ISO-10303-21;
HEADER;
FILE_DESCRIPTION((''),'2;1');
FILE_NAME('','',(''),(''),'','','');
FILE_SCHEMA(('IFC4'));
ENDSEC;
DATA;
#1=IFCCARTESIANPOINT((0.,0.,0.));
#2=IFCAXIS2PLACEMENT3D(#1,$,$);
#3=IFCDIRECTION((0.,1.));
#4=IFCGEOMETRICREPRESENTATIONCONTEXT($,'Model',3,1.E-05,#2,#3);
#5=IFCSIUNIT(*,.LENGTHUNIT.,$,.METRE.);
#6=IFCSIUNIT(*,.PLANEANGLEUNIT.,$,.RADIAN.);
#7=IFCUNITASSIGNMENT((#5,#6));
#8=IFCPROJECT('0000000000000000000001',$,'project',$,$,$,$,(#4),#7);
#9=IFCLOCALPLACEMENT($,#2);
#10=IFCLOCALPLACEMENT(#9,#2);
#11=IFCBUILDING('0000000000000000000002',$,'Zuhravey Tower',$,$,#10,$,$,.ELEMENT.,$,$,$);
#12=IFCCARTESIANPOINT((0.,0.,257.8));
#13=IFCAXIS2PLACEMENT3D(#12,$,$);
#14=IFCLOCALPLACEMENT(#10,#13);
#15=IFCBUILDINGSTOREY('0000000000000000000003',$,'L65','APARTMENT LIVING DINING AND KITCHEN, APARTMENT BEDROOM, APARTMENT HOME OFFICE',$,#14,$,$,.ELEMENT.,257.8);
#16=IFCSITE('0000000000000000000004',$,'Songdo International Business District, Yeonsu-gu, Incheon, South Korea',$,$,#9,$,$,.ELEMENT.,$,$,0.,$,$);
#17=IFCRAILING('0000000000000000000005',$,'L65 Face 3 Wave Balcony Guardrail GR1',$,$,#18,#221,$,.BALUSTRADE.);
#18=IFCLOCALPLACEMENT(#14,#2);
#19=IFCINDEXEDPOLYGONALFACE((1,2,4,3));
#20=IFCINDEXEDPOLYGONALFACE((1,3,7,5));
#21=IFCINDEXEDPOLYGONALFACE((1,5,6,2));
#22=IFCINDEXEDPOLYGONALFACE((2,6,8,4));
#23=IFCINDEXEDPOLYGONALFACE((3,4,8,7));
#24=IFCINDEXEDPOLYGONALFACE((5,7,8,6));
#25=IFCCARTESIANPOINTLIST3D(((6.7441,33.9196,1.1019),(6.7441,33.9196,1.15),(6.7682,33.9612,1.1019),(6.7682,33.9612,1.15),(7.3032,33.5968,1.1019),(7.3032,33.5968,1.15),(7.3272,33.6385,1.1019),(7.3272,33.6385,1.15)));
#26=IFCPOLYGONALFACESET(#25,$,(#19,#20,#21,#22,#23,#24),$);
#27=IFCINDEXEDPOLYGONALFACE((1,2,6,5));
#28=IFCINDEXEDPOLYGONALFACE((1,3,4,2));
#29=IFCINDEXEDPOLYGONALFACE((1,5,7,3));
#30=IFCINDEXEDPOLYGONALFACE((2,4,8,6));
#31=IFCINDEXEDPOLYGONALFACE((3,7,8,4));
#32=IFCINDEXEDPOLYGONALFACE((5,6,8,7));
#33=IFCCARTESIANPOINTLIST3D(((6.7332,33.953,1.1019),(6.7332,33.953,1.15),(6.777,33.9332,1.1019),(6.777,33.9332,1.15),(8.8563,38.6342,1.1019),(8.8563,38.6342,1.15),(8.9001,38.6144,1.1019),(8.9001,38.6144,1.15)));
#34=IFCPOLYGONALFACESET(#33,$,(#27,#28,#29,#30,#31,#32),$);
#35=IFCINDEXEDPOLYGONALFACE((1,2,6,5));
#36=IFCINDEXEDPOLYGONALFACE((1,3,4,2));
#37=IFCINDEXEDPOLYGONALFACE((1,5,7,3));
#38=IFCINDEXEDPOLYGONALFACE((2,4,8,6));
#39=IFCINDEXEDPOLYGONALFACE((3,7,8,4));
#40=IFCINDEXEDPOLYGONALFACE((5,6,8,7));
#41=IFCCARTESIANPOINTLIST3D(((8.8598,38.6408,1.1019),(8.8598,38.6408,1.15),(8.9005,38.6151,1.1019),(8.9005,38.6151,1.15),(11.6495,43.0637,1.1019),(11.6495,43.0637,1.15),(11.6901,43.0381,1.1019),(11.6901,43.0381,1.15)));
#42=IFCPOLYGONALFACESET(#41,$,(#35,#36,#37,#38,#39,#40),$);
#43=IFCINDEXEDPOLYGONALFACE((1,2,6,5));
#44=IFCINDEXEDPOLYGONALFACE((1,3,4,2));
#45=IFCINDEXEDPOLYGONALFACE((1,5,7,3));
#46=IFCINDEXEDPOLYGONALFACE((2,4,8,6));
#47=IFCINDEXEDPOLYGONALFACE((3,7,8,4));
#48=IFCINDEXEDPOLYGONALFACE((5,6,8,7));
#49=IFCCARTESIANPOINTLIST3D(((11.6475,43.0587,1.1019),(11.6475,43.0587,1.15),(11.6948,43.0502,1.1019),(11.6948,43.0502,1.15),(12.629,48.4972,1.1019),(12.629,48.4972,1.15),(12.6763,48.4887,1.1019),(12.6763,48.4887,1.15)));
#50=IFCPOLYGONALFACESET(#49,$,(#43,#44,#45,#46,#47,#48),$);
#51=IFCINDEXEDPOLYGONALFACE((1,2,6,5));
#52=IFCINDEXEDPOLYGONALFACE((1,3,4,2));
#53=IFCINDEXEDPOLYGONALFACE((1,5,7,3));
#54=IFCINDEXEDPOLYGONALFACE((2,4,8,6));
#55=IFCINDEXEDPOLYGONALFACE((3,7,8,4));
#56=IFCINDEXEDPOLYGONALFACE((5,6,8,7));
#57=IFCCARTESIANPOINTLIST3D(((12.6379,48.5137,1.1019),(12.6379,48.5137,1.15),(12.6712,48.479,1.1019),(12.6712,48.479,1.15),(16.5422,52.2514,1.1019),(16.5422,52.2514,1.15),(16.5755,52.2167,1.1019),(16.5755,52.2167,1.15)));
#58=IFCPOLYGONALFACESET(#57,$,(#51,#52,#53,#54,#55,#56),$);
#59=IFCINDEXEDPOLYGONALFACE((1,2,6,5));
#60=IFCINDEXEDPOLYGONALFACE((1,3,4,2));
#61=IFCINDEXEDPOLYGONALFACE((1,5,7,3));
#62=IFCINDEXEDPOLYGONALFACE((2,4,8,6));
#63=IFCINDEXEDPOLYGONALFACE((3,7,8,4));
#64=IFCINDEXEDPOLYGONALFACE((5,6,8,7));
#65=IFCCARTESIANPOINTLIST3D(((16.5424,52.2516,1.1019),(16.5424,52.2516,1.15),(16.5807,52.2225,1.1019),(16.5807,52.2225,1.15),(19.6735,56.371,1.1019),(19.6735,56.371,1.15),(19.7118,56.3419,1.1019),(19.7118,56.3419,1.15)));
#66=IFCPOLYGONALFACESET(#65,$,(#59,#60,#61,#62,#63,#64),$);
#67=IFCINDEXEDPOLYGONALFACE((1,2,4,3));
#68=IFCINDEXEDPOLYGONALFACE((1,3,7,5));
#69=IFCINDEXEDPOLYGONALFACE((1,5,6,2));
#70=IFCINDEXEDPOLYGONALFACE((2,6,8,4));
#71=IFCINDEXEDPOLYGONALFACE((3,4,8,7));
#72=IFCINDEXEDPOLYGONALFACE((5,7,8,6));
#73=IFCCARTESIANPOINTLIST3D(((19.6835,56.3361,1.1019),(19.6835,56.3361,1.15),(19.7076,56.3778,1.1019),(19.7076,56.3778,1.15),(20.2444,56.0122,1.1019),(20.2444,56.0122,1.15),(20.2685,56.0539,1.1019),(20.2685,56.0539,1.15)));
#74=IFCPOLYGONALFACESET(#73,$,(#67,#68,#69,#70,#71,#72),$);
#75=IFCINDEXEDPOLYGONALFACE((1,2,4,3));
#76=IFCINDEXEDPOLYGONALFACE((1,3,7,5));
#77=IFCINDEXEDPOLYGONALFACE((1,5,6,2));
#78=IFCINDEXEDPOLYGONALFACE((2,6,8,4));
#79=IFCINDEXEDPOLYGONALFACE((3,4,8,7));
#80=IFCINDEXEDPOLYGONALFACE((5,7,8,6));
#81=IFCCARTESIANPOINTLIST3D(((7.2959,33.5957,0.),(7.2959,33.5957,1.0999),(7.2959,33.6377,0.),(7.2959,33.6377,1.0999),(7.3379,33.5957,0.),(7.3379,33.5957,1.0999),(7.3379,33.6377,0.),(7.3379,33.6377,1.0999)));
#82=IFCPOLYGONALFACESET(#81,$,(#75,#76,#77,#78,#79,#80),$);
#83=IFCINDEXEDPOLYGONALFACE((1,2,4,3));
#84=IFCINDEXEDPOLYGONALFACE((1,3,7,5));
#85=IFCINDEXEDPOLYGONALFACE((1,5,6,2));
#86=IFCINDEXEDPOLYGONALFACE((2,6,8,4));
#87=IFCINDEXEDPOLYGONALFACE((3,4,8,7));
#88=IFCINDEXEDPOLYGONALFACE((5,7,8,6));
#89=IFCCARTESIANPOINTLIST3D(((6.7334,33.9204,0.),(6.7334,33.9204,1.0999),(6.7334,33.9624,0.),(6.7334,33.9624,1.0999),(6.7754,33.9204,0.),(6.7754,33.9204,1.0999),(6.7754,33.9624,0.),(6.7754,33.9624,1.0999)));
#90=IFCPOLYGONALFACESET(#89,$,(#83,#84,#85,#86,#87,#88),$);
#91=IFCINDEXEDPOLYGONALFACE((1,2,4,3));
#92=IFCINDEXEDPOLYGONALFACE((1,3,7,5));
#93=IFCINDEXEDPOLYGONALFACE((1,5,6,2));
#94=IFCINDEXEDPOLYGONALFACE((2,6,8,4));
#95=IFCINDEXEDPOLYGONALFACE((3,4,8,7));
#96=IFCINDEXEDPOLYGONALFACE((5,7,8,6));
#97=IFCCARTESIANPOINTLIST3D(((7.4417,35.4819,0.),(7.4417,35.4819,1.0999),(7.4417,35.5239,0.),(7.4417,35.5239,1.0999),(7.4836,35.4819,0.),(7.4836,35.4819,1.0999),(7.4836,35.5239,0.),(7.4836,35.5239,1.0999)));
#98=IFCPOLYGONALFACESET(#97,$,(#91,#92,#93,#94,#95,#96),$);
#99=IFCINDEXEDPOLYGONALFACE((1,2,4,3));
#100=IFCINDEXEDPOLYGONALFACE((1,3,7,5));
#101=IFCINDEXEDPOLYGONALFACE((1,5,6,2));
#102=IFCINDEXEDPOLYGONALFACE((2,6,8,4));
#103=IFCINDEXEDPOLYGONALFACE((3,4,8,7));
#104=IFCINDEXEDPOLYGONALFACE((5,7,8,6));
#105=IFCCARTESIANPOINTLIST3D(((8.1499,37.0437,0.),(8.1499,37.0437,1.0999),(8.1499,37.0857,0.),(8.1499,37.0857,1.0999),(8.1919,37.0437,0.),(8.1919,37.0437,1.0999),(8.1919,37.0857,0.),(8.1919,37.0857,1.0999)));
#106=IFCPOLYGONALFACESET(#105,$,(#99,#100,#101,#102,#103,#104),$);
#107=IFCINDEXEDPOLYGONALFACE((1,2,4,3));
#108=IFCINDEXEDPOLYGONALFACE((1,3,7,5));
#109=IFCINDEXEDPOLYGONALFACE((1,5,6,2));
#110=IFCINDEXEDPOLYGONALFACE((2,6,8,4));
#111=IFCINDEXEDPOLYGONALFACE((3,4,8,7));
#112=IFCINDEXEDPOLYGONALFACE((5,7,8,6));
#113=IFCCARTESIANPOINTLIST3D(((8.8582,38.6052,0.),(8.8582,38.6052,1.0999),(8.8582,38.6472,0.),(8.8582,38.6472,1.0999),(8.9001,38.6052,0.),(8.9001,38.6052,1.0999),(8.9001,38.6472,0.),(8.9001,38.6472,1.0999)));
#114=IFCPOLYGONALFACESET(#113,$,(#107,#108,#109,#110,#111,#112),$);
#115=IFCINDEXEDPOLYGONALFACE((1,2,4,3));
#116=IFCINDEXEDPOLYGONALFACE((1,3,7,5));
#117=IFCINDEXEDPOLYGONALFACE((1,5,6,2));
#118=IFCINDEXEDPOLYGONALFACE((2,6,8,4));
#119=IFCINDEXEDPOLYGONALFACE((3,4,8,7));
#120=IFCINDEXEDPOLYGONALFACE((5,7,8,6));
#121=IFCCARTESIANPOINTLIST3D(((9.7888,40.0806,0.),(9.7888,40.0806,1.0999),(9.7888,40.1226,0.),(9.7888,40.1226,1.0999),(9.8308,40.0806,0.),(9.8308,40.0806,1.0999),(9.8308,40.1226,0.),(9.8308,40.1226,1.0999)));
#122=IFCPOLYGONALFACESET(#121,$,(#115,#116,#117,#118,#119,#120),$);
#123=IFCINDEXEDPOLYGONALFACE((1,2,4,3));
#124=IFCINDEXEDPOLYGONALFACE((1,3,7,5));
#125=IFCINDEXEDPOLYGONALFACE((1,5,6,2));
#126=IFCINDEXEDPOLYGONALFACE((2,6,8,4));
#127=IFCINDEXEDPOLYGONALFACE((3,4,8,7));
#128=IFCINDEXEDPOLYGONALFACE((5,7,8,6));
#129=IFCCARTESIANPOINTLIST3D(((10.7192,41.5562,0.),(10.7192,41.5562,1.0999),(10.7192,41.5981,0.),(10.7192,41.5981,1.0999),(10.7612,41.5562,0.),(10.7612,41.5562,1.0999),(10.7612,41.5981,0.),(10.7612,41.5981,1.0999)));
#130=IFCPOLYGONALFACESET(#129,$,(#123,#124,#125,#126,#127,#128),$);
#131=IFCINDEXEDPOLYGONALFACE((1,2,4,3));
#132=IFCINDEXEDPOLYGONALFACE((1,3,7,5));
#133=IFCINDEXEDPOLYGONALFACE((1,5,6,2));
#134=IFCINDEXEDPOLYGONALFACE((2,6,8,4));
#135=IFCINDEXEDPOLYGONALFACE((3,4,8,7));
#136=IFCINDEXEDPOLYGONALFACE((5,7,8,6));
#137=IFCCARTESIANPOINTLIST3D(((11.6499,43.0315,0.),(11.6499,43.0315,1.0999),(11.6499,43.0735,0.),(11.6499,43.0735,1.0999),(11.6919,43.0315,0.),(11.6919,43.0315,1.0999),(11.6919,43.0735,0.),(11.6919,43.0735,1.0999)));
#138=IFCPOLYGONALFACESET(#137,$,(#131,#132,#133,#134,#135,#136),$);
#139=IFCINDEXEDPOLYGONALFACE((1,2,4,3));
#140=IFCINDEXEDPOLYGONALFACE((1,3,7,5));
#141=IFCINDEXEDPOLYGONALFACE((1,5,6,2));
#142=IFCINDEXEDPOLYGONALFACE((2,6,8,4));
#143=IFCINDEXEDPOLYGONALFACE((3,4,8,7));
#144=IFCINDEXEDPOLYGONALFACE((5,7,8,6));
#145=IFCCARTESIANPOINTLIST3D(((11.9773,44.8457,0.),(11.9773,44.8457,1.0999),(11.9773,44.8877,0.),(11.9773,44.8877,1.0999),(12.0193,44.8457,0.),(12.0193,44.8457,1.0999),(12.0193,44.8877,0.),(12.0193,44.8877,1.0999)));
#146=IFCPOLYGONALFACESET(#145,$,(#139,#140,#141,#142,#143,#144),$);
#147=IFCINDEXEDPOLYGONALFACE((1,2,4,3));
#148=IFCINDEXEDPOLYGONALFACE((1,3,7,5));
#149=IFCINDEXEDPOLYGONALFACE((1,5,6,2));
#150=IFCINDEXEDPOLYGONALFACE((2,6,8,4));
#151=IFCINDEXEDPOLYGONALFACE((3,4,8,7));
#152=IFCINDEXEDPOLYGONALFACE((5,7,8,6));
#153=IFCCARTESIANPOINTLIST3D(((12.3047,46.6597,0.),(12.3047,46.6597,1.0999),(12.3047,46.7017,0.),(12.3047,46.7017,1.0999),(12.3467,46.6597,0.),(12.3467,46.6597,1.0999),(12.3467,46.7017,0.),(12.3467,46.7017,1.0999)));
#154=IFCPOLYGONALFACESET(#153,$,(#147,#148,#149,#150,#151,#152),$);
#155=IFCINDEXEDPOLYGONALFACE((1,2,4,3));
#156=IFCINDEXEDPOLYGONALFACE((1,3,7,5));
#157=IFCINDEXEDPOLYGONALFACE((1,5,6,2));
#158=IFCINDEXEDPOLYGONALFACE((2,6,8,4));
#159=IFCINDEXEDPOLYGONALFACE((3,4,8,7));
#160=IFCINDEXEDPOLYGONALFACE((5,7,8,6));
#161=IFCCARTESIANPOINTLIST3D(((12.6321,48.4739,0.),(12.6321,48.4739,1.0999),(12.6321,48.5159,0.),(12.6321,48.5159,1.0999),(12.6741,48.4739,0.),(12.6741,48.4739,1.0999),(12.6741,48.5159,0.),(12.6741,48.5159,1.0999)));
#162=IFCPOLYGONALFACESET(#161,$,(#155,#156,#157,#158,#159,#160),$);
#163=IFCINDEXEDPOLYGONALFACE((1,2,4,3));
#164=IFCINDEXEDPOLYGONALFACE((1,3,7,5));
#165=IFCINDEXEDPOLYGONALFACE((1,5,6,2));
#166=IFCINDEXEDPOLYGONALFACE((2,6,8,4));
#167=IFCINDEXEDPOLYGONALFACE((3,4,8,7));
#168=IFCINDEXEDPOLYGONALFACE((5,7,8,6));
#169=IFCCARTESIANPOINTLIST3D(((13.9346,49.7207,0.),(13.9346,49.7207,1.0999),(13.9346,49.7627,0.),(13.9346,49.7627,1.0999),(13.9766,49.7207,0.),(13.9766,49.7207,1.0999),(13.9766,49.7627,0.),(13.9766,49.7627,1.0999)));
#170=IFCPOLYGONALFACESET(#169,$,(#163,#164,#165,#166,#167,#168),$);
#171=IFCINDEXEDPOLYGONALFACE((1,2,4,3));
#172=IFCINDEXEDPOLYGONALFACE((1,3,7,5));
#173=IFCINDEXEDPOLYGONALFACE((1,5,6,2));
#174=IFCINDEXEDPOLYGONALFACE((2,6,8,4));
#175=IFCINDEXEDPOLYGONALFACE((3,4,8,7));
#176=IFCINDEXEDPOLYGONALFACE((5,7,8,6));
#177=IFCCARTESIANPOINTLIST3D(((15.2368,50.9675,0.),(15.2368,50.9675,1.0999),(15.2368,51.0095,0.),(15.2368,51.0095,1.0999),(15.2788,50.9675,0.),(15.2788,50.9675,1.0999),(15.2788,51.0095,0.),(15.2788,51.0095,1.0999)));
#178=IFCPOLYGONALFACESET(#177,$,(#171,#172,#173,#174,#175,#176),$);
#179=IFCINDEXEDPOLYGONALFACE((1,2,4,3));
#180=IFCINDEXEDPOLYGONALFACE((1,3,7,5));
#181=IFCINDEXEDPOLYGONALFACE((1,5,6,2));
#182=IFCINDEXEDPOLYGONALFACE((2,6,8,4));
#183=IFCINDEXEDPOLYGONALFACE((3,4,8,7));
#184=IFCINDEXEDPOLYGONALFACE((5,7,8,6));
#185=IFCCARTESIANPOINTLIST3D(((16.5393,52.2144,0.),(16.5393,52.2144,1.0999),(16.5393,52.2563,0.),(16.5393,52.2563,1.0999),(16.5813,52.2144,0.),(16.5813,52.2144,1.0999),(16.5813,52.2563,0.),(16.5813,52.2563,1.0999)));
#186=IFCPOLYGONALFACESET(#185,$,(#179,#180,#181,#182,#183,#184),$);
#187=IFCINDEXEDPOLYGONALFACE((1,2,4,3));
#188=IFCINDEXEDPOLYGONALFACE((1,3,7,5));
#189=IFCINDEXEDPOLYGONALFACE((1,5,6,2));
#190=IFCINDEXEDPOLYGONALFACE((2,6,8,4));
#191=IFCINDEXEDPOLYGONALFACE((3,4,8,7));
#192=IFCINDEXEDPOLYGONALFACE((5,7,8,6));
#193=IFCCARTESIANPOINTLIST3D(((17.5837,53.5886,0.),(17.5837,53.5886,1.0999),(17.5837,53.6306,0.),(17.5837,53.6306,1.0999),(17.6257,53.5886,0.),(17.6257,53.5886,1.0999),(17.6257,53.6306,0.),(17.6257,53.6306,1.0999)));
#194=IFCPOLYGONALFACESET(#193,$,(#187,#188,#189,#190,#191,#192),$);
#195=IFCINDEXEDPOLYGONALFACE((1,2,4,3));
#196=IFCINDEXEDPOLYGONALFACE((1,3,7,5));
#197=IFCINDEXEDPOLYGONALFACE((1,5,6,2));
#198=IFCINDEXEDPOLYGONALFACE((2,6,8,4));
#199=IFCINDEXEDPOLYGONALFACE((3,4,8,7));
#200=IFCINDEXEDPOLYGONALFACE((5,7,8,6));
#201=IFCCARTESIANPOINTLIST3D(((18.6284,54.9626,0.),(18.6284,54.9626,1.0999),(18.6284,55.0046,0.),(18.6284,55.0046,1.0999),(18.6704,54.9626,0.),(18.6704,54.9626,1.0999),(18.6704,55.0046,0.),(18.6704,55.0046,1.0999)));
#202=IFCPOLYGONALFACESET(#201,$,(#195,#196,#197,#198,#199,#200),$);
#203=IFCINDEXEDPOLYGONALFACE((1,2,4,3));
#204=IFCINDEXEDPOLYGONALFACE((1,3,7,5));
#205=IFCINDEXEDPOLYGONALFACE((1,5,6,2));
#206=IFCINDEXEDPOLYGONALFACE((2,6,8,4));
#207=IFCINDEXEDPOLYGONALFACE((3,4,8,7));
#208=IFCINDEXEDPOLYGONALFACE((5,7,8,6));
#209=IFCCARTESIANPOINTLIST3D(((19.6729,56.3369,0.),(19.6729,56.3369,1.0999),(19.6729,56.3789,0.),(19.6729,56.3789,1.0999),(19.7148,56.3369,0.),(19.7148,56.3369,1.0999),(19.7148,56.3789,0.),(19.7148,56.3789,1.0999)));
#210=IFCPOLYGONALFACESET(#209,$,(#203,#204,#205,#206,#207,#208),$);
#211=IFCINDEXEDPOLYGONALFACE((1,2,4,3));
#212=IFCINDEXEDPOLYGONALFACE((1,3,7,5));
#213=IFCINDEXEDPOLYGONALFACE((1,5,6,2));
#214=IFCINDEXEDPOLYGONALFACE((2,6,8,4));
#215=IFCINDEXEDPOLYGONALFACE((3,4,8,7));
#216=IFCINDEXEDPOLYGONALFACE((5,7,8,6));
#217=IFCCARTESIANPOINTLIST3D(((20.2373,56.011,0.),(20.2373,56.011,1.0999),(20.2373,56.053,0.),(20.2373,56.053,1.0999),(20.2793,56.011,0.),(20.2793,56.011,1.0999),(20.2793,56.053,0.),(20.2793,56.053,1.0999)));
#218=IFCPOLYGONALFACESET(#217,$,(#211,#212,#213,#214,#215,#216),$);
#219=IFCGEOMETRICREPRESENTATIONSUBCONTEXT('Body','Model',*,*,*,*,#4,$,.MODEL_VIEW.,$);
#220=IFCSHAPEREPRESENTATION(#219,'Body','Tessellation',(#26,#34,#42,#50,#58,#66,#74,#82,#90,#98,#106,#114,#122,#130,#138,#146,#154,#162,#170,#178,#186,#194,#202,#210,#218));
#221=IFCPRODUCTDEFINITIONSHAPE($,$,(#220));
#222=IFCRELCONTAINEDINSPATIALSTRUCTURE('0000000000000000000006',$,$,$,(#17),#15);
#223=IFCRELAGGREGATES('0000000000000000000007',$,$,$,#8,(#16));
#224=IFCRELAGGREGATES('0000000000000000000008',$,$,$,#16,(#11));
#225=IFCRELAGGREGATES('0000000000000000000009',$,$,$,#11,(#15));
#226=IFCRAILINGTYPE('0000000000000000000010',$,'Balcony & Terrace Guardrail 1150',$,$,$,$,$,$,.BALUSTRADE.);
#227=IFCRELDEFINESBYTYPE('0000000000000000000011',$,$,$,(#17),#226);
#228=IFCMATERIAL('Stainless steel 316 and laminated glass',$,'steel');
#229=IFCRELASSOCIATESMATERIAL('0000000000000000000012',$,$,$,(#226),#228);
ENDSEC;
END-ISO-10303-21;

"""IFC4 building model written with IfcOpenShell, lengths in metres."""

from ifc_helpers import new_model, si_unit, direction, frame, origin, origin_2d, place, context, subcontext, project, spatial, rectangle, extrude, material, type_object, element, save


model = new_model("IFC4")

# Units and contexts
model_context = context("Model", 3, precision=1e-05, world=origin(), true_north=direction((0.0, 1.0)))
body_context = subcontext(model_context, "Body", "Model", "MODEL_VIEW")
ifc_project = project(units=[si_unit("LENGTHUNIT", "METRE"), si_unit("PLANEANGLEUNIT", "RADIAN")], contexts=[model_context])

# Site, building, storey
site_placement = place(None, origin())
site = spatial("IfcSite", under=ifc_project, at=site_placement, Name="Songdo International Business District, Yeonsu-gu, Incheon, South Korea", CompositionType="ELEMENT", RefElevation=0.0)
building_placement = place(site_placement, origin())
building = spatial("IfcBuilding", under=site, at=building_placement, Name="Zuhravey Tower", CompositionType="ELEMENT")
storey_placement = place(building_placement, frame((0.0, 0.0, 257.8)))
storey = spatial("IfcBuildingStorey", under=building, at=storey_placement, Name="L65", Description="APARTMENT LIVING DINING AND KITCHEN, APARTMENT BEDROOM, APARTMENT HOME OFFICE", CompositionType="ELEMENT", Elevation=257.8)

# Railing
ifc_material_1 = material(Name="Stainless steel 316 and laminated glass", Category="steel")
railing_type = type_object("IfcRailingType", Name="Balcony & Terrace Guardrail 1150", PredefinedType="BALUSTRADE", material=ifc_material_1)
railing_placement = place(storey_placement, frame((7.3169, 33.6167, 0.0)))
element("IfcRailing", 1, at=railing_placement, inside=storey, type_object=railing_type, Name="L65 Face 3 Wave Balcony Guardrail GR1", PredefinedType="BALUSTRADE", context=body_context, shape_type="SweptSolid", body=[
    extrude(rectangle(XDim=0.0481, YDim=0.0481, at=origin_2d()), frame((-0.0017, 0.001, 1.126), z_axis=(-0.86606, 0.499939, 0.0), x_axis=(-0.499939, -0.86606, 0.0)), (0.0, 0.0, 1.0), 0.6455),
    extrude(rectangle(XDim=0.0481, YDim=0.0481, at=origin_2d()), frame((-0.5618, 0.3264, 1.126), z_axis=(0.413045, 0.910711, 0.0), x_axis=(-0.910711, 0.413045, 0.0)), (0.0, 0.0, 1.0), 5.1401),
    extrude(rectangle(XDim=0.0481, YDim=0.0481, at=origin_2d()), frame((1.5632, 5.0112, 1.126), z_axis=(0.533475, 0.845816, 0.0), x_axis=(-0.845816, 0.533475, 0.0)), (0.0, 0.0, 1.0), 5.2292),
    extrude(rectangle(XDim=0.0481, YDim=0.0481, at=origin_2d()), frame((4.3542, 9.4377, 1.126), z_axis=(0.177599, 0.984103, 0.0), x_axis=(-0.984103, 0.177599, 0.0)), (0.0, 0.0, 1.0), 5.5264),
    extrude(rectangle(XDim=0.0481, YDim=0.0481, at=origin_2d()), frame((5.3376, 14.8796, 1.126), z_axis=(0.722353, 0.691525, 0.0), x_axis=(-0.691525, 0.722353, 0.0)), (0.0, 0.0, 1.0), 5.405),
    extrude(rectangle(XDim=0.0481, YDim=0.0481, at=origin_2d()), frame((9.2446, 18.6204, 1.126), z_axis=(0.605132, 0.796125, 0.0), x_axis=(-0.796125, 0.605132, 0.0)), (0.0, 0.0, 1.0), 5.1743),
    extrude(rectangle(XDim=0.0481, YDim=0.0481, at=origin_2d()), frame((12.3787, 22.7402, 1.126), z_axis=(0.865998, -0.500047, 0.0), x_axis=(0.500047, 0.865998, 0.0)), (0.0, 0.0, 1.0), 0.6477),
    extrude(rectangle(XDim=0.042, YDim=0.042, at=origin_2d()), origin(), (0.0, 0.0, 1.0), 1.0999),
    extrude(rectangle(XDim=0.042, YDim=0.042, at=origin_2d()), frame((-0.5625, 0.3247, 0.0)), (0.0, 0.0, 1.0), 1.0999),
    extrude(rectangle(XDim=0.042, YDim=0.042, at=origin_2d()), frame((0.1458, 1.8862, 0.0)), (0.0, 0.0, 1.0), 1.0999),
    extrude(rectangle(XDim=0.042, YDim=0.042, at=origin_2d()), frame((0.854, 3.448, 0.0)), (0.0, 0.0, 1.0), 1.0999),
    extrude(rectangle(XDim=0.042, YDim=0.042, at=origin_2d()), frame((1.5623, 5.0095, 0.0)), (0.0, 0.0, 1.0), 1.0999),
    extrude(rectangle(XDim=0.042, YDim=0.042, at=origin_2d()), frame((2.4929, 6.4849, 0.0)), (0.0, 0.0, 1.0), 1.0999),
    extrude(rectangle(XDim=0.042, YDim=0.042, at=origin_2d()), frame((3.4233, 7.9604, 0.0)), (0.0, 0.0, 1.0), 1.0999),
    extrude(rectangle(XDim=0.042, YDim=0.042, at=origin_2d()), frame((4.354, 9.4358, 0.0)), (0.0, 0.0, 1.0), 1.0999),
    extrude(rectangle(XDim=0.042, YDim=0.042, at=origin_2d()), frame((4.6814, 11.25, 0.0)), (0.0, 0.0, 1.0), 1.0999),
    extrude(rectangle(XDim=0.042, YDim=0.042, at=origin_2d()), frame((5.0088, 13.064, 0.0)), (0.0, 0.0, 1.0), 1.0999),
    extrude(rectangle(XDim=0.042, YDim=0.042, at=origin_2d()), frame((5.3362, 14.8782, 0.0)), (0.0, 0.0, 1.0), 1.0999),
    extrude(rectangle(XDim=0.042, YDim=0.042, at=origin_2d()), frame((6.6387, 16.125, 0.0)), (0.0, 0.0, 1.0), 1.0999),
    extrude(rectangle(XDim=0.042, YDim=0.042, at=origin_2d()), frame((7.9409, 17.3718, 0.0)), (0.0, 0.0, 1.0), 1.0999),
    extrude(rectangle(XDim=0.042, YDim=0.042, at=origin_2d()), frame((9.2434, 18.6187, 0.0)), (0.0, 0.0, 1.0), 1.0999),
    extrude(rectangle(XDim=0.042, YDim=0.042, at=origin_2d()), frame((10.2878, 19.9929, 0.0)), (0.0, 0.0, 1.0), 1.0999),
    extrude(rectangle(XDim=0.042, YDim=0.042, at=origin_2d()), frame((11.3325, 21.3669, 0.0)), (0.0, 0.0, 1.0), 1.0999),
    extrude(rectangle(XDim=0.042, YDim=0.042, at=origin_2d()), frame((12.377, 22.7412, 0.0)), (0.0, 0.0, 1.0), 1.0999),
    extrude(rectangle(XDim=0.042, YDim=0.042, at=origin_2d()), frame((12.9414, 22.4153, 0.0)), (0.0, 0.0, 1.0), 1.0999),
])

save(model, "model.ifc")
